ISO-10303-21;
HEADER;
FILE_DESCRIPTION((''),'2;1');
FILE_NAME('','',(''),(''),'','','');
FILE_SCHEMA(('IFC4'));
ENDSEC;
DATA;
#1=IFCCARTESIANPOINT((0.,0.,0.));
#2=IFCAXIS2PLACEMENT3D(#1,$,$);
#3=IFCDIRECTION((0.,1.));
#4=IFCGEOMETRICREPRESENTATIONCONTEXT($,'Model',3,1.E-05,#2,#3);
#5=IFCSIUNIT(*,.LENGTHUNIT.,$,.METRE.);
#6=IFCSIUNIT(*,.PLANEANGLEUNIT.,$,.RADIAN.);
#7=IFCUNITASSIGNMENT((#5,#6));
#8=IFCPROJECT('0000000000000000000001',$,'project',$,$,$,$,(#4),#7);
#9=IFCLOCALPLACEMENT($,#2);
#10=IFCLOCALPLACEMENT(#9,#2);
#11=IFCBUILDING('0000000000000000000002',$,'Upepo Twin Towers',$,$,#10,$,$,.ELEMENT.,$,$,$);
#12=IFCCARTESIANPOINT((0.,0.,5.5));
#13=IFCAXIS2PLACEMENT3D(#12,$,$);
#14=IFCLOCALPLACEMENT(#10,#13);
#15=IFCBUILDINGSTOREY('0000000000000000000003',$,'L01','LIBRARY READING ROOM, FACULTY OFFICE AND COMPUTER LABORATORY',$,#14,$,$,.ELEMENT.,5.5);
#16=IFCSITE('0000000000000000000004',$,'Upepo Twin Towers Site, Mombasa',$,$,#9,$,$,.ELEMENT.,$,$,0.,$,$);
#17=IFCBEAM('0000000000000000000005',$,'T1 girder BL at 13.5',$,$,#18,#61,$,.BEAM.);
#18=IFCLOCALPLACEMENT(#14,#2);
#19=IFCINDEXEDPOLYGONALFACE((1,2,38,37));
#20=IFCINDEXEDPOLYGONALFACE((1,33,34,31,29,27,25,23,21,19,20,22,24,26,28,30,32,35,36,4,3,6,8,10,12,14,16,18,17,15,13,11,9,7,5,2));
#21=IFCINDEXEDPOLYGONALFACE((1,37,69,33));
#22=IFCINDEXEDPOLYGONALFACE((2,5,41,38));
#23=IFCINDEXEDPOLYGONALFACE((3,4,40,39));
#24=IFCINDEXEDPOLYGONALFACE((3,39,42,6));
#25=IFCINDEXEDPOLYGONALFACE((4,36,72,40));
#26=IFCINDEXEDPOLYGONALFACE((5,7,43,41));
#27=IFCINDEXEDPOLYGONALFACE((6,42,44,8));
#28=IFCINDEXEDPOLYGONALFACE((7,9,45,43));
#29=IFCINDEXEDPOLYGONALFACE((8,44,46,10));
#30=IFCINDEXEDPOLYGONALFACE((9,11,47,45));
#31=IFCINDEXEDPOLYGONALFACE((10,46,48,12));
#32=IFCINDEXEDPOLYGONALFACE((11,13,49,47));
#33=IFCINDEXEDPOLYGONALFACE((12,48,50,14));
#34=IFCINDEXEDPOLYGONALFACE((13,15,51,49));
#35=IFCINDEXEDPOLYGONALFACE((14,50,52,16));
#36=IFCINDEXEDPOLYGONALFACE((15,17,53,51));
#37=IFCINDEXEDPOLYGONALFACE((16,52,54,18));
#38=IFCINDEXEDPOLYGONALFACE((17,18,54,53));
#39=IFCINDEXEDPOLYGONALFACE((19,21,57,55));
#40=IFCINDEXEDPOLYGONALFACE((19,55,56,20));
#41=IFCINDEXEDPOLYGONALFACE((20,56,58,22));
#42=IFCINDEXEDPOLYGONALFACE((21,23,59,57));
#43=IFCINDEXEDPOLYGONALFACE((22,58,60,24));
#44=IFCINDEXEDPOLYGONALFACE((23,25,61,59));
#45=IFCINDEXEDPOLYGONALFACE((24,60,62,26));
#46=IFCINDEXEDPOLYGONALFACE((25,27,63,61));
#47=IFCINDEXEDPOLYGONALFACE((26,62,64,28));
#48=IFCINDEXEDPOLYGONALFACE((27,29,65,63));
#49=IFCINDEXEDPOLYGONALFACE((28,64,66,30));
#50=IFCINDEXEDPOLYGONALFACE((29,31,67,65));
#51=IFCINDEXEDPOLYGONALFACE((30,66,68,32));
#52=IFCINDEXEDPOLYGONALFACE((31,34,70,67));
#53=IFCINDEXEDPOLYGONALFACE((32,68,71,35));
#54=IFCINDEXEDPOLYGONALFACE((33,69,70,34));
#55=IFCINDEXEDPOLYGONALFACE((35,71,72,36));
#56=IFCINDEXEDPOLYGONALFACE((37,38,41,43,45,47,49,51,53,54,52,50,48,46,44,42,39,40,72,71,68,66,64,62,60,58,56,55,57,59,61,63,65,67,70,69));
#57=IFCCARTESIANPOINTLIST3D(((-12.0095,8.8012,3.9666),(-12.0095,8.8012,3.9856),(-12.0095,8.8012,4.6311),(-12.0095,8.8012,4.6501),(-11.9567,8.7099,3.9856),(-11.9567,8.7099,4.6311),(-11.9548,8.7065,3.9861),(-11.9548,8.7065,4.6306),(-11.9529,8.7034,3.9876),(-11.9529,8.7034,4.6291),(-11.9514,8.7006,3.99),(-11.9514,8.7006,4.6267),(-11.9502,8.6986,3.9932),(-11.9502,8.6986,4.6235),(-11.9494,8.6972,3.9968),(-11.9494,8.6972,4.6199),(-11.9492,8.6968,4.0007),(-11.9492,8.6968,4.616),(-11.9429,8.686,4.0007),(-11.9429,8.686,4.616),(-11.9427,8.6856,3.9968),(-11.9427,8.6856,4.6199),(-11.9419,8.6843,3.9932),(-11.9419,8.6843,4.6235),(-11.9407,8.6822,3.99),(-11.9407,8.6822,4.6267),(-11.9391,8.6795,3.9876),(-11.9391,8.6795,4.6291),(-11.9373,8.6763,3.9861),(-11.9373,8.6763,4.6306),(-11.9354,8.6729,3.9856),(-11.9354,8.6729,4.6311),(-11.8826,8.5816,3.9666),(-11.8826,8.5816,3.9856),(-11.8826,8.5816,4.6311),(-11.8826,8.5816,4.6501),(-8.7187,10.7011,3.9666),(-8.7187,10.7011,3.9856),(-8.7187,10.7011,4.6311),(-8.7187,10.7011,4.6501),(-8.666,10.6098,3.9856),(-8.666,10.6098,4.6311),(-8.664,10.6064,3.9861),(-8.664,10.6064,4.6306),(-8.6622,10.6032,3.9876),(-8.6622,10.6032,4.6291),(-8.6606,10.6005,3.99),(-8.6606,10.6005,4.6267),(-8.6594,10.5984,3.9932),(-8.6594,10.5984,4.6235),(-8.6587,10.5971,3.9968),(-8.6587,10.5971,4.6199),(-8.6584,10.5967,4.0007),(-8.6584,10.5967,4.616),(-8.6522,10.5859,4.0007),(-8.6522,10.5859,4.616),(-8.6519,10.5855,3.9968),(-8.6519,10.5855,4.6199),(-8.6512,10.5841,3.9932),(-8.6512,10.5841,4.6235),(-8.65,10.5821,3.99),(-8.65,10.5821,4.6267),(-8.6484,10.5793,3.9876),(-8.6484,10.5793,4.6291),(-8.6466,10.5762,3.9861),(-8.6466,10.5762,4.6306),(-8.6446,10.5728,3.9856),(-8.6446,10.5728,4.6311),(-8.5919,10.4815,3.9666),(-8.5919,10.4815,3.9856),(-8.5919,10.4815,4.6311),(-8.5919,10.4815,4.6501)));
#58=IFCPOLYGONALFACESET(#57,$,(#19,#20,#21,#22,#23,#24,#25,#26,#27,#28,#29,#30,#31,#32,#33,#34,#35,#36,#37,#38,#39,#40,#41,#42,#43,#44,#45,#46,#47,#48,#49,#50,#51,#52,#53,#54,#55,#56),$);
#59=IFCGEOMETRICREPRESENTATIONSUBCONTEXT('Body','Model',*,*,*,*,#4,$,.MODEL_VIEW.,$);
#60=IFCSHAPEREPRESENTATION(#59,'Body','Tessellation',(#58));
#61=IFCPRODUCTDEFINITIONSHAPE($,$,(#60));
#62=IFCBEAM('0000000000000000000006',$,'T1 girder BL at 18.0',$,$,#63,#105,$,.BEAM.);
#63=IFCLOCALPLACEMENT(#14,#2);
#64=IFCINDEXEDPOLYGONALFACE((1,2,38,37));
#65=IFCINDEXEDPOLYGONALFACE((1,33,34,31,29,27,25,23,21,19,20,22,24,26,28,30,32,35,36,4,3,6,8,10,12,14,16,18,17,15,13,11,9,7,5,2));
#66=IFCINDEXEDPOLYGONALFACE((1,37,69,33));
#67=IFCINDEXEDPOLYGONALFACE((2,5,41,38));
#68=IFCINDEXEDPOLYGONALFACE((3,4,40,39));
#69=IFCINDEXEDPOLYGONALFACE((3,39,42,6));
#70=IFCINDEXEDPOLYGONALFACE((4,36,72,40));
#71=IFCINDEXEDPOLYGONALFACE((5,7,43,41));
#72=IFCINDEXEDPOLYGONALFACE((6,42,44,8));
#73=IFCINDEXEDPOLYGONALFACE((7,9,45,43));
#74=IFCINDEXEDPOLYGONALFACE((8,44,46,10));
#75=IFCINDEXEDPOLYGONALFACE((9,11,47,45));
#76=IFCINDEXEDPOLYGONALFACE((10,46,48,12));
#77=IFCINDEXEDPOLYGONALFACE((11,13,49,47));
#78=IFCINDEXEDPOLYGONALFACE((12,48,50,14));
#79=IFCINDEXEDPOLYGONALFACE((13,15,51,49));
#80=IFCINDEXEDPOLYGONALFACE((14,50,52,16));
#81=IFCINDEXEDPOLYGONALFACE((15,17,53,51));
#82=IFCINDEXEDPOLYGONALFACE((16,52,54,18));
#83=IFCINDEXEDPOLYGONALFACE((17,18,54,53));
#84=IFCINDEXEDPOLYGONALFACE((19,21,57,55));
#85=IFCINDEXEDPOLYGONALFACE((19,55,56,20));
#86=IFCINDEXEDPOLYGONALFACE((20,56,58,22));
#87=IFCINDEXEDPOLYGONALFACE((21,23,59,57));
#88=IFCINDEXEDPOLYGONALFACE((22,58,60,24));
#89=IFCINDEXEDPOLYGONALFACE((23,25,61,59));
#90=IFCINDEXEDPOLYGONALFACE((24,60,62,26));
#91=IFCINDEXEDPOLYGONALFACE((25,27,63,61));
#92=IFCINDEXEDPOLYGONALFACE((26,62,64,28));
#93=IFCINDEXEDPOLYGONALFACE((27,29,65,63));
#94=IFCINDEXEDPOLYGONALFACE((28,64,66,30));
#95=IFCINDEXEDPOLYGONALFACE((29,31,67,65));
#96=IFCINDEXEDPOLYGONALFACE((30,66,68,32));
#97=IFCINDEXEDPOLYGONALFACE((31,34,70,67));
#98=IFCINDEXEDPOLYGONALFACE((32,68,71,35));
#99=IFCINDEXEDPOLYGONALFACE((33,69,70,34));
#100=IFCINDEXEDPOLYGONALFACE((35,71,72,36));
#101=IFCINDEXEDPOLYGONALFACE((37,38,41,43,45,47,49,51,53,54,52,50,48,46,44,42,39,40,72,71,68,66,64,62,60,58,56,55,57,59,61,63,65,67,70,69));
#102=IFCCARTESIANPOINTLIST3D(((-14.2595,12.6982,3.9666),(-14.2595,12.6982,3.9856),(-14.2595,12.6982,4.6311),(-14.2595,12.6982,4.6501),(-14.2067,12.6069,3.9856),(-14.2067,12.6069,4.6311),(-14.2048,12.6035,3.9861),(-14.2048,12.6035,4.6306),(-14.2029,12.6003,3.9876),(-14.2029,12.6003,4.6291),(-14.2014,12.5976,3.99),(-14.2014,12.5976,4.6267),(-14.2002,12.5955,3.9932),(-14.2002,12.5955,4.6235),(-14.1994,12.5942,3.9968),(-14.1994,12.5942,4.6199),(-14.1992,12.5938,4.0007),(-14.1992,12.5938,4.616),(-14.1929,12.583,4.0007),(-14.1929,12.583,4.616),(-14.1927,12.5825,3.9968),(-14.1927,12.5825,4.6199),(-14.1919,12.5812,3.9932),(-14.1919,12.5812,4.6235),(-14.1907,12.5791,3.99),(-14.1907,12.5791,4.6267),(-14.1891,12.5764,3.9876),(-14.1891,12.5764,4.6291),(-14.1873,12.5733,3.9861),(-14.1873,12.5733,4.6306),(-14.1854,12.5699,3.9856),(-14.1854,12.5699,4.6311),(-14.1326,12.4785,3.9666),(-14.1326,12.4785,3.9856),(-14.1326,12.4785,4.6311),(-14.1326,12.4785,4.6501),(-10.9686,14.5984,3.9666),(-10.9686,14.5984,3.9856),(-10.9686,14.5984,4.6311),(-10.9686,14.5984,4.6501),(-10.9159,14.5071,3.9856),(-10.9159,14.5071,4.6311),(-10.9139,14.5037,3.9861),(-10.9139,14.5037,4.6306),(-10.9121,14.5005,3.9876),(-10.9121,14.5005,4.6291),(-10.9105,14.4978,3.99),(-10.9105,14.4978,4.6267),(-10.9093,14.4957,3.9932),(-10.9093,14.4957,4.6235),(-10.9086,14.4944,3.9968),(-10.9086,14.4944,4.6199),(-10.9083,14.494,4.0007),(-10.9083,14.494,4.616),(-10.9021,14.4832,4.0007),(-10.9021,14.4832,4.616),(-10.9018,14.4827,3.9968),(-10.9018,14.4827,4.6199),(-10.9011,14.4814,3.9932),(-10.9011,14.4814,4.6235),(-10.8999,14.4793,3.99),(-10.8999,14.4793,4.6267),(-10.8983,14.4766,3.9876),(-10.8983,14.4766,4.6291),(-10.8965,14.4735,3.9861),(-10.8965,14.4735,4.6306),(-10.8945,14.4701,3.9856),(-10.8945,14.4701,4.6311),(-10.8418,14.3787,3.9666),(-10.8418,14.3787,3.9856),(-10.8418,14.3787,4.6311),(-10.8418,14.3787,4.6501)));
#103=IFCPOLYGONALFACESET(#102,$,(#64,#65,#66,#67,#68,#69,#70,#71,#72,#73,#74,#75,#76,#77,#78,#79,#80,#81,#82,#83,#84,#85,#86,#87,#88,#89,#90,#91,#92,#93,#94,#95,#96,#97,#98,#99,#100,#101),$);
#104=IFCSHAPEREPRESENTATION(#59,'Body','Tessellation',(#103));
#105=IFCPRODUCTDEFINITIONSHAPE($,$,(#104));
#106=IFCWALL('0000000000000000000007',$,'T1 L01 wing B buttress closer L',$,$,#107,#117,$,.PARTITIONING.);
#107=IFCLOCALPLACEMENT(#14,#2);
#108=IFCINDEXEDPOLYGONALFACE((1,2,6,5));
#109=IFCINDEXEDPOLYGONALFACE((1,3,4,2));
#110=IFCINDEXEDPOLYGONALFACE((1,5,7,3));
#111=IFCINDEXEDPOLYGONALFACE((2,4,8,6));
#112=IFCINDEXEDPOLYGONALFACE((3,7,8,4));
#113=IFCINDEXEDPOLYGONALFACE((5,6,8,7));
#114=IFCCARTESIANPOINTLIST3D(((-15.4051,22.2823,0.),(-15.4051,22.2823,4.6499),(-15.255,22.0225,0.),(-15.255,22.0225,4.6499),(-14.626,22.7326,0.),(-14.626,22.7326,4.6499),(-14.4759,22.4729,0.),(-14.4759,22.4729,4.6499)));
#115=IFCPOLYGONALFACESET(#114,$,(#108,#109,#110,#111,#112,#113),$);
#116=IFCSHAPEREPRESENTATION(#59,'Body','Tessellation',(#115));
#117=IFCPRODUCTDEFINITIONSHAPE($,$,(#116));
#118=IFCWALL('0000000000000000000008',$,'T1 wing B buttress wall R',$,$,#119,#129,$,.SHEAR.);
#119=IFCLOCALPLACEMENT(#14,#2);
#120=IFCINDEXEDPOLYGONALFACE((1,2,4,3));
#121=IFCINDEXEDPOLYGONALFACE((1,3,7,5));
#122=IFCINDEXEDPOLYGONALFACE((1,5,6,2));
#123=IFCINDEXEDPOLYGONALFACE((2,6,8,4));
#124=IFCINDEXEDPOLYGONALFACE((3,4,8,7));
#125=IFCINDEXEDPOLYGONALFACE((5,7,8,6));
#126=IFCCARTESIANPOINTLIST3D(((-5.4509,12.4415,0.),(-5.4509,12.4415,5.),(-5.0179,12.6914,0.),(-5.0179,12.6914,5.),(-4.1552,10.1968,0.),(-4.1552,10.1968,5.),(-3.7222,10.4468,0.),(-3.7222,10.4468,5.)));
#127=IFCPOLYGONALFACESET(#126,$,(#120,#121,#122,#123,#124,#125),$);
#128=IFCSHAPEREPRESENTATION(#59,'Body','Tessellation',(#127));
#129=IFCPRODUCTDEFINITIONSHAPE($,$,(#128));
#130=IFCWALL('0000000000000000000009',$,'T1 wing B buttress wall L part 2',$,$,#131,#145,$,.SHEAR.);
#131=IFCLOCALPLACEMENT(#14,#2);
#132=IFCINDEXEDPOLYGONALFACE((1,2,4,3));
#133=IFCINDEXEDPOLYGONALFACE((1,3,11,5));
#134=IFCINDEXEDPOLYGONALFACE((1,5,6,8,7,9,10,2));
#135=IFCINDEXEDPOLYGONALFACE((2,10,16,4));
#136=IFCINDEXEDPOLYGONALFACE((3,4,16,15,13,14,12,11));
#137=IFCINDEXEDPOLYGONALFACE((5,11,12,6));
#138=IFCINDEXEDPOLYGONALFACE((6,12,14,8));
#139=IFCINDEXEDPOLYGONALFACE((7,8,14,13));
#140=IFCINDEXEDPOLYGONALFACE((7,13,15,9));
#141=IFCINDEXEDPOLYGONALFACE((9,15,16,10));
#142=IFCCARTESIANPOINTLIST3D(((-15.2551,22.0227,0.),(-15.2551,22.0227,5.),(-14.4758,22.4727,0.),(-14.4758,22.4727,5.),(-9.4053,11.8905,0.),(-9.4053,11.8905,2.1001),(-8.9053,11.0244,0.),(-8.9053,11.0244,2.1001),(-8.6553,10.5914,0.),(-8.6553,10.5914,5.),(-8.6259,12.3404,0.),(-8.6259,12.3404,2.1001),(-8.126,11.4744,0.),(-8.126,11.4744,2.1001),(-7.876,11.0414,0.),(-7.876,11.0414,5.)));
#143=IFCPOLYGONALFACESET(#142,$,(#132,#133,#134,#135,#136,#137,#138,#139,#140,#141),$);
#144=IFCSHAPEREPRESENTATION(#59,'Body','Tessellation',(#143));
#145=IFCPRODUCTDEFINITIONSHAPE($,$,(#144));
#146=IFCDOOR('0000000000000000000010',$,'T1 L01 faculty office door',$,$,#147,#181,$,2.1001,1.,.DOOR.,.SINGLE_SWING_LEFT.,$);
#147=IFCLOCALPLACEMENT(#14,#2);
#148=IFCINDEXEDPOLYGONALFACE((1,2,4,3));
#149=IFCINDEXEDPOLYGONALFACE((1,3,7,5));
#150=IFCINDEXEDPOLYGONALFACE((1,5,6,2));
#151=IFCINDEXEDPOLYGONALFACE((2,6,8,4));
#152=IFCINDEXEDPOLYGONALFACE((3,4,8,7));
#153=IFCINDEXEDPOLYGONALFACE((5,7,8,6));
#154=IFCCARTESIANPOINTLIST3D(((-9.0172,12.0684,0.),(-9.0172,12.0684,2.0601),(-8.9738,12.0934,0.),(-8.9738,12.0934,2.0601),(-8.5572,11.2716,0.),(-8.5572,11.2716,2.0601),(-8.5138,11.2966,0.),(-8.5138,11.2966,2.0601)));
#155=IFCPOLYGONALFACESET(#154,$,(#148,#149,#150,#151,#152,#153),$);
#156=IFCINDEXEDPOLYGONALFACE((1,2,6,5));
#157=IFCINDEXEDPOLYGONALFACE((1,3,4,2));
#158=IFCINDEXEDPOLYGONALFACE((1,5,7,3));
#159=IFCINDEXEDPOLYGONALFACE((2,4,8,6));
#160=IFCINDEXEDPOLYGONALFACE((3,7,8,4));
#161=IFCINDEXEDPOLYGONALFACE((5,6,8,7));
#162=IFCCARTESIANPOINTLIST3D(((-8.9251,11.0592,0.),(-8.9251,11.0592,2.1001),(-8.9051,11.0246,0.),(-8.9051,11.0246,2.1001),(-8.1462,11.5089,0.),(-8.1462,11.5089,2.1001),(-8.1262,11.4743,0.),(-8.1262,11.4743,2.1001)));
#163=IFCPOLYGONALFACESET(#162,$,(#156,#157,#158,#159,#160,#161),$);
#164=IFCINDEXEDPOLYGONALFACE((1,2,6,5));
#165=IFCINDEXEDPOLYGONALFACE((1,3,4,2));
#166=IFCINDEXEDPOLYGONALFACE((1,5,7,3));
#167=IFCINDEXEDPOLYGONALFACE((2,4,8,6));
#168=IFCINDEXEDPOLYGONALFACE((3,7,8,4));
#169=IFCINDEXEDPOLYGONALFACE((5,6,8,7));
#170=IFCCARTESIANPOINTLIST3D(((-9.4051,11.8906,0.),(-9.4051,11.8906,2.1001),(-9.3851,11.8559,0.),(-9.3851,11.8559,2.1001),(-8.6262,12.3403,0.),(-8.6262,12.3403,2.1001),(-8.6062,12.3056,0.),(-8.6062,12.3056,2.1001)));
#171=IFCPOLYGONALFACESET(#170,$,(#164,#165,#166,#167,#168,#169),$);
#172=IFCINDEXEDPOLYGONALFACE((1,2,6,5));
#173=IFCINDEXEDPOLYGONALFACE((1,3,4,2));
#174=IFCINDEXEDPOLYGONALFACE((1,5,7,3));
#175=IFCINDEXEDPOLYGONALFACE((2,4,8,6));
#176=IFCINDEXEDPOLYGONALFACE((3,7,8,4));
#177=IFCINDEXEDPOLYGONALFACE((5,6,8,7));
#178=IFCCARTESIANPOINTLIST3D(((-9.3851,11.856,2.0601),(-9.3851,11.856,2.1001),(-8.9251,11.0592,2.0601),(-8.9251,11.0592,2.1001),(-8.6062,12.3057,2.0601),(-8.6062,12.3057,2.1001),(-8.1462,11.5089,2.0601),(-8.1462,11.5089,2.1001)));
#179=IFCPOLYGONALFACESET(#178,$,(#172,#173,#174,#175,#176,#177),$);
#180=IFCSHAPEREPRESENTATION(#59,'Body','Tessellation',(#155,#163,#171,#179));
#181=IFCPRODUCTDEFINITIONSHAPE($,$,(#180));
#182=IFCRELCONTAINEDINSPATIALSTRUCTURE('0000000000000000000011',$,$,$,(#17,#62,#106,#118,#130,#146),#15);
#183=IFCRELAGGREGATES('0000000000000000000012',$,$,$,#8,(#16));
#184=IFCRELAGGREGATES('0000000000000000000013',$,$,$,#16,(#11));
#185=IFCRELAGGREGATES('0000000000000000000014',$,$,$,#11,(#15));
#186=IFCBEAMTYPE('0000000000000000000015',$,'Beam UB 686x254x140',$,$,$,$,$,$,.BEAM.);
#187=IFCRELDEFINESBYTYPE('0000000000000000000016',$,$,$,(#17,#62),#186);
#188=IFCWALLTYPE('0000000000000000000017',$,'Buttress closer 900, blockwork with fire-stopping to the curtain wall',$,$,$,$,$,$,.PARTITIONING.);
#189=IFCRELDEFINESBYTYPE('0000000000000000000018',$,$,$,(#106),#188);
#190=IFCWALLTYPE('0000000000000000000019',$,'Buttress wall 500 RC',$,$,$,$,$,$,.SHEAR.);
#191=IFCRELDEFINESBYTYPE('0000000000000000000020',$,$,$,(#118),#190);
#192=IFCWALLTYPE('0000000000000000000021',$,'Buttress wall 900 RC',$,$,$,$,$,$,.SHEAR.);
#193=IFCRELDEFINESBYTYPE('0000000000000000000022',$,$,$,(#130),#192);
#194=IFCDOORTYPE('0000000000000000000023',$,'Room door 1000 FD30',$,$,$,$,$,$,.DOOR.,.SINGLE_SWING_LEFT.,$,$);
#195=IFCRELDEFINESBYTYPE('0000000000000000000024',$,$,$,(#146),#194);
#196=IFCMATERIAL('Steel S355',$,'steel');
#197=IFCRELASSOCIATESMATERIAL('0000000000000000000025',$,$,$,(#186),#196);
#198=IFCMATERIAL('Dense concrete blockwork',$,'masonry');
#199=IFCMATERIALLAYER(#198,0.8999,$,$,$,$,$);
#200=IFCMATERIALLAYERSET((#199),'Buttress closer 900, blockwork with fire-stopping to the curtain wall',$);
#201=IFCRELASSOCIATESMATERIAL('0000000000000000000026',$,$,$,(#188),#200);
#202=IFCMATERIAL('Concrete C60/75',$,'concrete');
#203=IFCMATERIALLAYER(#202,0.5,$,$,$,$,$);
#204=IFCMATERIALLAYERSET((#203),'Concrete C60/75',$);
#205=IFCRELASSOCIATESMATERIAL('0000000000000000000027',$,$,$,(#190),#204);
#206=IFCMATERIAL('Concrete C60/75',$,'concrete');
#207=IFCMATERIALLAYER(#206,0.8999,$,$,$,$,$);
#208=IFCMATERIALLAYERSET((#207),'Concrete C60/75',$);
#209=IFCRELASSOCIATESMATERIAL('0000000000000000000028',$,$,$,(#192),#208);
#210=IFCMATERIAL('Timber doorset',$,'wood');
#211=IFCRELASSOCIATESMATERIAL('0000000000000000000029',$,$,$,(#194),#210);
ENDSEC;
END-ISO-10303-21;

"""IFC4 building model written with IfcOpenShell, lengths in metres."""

from ifc_helpers import new_model, si_unit, direction, frame, frame_2d, origin, origin_2d, place, context, subcontext, project, spatial, rectangle, i_section, extrude, material, layer, layer_set, material_profile, profile_set, type_object, element, fill, save


model = new_model("IFC4")

# Units and contexts
model_context = context("Model", 3, precision=1e-05, world=origin(), true_north=direction((0.0, 1.0)))
body_context = subcontext(model_context, "Body", "Model", "MODEL_VIEW")
ifc_project = project(units=[si_unit("LENGTHUNIT", "METRE"), si_unit("PLANEANGLEUNIT", "RADIAN")], contexts=[model_context])

# Site, building, storey
site_placement = place(None, origin())
site = spatial("IfcSite", under=ifc_project, at=site_placement, Name="Upepo Twin Towers Site, Mombasa", CompositionType="ELEMENT", RefElevation=0.0)
building_placement = place(site_placement, origin())
building = spatial("IfcBuilding", under=site, at=building_placement, Name="Upepo Twin Towers", CompositionType="ELEMENT")
storey_placement = place(building_placement, frame((0.0, 0.0, 5.5)))
storey = spatial("IfcBuildingStorey", under=building, at=storey_placement, Name="L01", Description="LIBRARY READING ROOM, FACULTY OFFICE AND COMPUTER LABORATORY", CompositionType="ELEMENT", Elevation=5.5)

# Beams
ifc_material_1 = material(Name="Steel S355", Category="steel")
ifc_material_profile_1 = material_profile(ifc_material_1, i_section(OverallWidth=0.2537, OverallDepth=0.6836, WebThickness=0.0125, FlangeThickness=0.019, FilletRadius=0.0151, at=origin_2d()), Name="UB 686x254x140")
ifc_profile_set_1 = profile_set([ifc_material_profile_1], Name="Steel S355")
beam_type_1 = type_object("IfcBeamType", Name="Beam UB 686x254x140", PredefinedType="BEAM", material=ifc_profile_set_1)
beam_1_placement = place(storey_placement, frame((-11.946, 8.6914, 4.3083), z_axis=(0.866028, 0.499995, 0.0), x_axis=(-0.499995, 0.866028, 0.0)))
element("IfcBeam", 1, at=beam_1_placement, inside=storey, type_object=beam_type_1, Name="T1 girder BL at 13.5", PredefinedType="BEAM", context=body_context, shape_type="SweptSolid", body=[
    extrude(i_section(OverallWidth=0.2537, OverallDepth=0.6836, WebThickness=0.0125, FlangeThickness=0.019, FilletRadius=0.0151, at=origin_2d()), origin(), (0.0, 0.0, 1.0), 3.7998),
])
beam_2_placement = place(storey_placement, frame((-14.196, 12.5884, 4.3083), z_axis=(0.866, 0.500043, 0.0), x_axis=(-0.500043, 0.866, 0.0)))
element("IfcBeam", 2, at=beam_2_placement, inside=storey, type_object=beam_type_1, Name="T1 girder BL at 18.0", PredefinedType="BEAM", context=body_context, shape_type="SweptSolid", body=[
    extrude(i_section(OverallWidth=0.2537, OverallDepth=0.6836, WebThickness=0.0125, FlangeThickness=0.019, FilletRadius=0.0151, at=origin_2d()), origin(), (0.0, 0.0, 1.0), 3.8),
])

# Walls
ifc_material_2 = material(Name="Dense concrete blockwork", Category="masonry")
ifc_layer_1 = layer(ifc_material_2, 0.8999)
ifc_layer_set_1 = layer_set([ifc_layer_1], Name="Buttress closer 900, blockwork with fire-stopping to the curtain wall")
wall_type_1 = type_object("IfcWallType", Name="Buttress closer 900, blockwork with fire-stopping to the curtain wall", PredefinedType="PARTITIONING", material=ifc_layer_set_1)
wall_1_placement = place(storey_placement, frame((-14.8655, 22.2478, 0.0), z_axis=(0.0, 0.0, 1.0), x_axis=(-0.500427, 0.865779, 0.0)))
element("IfcWall", 3, at=wall_1_placement, inside=storey, type_object=wall_type_1, Name="T1 L01 wing B buttress closer L", PredefinedType="PARTITIONING", context=body_context, shape_type="SweptSolid", body=[
    extrude(rectangle(XDim=0.3, YDim=0.8999, at=frame_2d((0.1499, 0.0))), origin(), (0.0, 0.0, 1.0), 4.6499),
])
ifc_material_3 = material(Name="Concrete C60/75", Category="concrete")
ifc_layer_2 = layer(ifc_material_3, 0.5)
ifc_layer_set_2 = layer_set([ifc_layer_2], Name="Concrete C60/75")
wall_type_2 = type_object("IfcWallType", Name="Buttress wall 500 RC", PredefinedType="SHEAR", material=ifc_layer_set_2)
wall_2_placement = place(storey_placement, frame((-3.9387, 10.3218, 0.0), z_axis=(0.0, 0.0, 1.0), x_axis=(-0.499918, 0.866073, 0.0)))
element("IfcWall", 4, at=wall_2_placement, inside=storey, type_object=wall_type_2, Name="T1 wing B buttress wall R", PredefinedType="SHEAR", context=body_context, shape_type="SweptSolid", body=[
    extrude(rectangle(XDim=2.5918, YDim=0.5, at=frame_2d((1.2959, 0.0))), origin(), (0.0, 0.0, 1.0), 5.0),
])

# Wall, opening, door
ifc_material_4 = material(Name="Concrete C60/75", Category="concrete")
ifc_layer_3 = layer(ifc_material_4, 0.8999)
ifc_layer_set_3 = layer_set([ifc_layer_3], Name="Concrete C60/75")
wall_type_3 = type_object("IfcWallType", Name="Buttress wall 900 RC", PredefinedType="SHEAR", material=ifc_layer_set_3)
wall_3_placement = place(storey_placement, frame((-8.2656, 10.8164, 0.0), z_axis=(0.0, 0.0, 1.0), x_axis=(-0.499996, 0.866028, 0.0)))
wall_3 = element("IfcWall", 5, at=wall_3_placement, inside=storey, type_object=wall_type_3, Name="T1 wing B buttress wall L part 2", PredefinedType="SHEAR", context=body_context, shape_type="SweptSolid", body=[
    extrude(rectangle(XDim=13.1997, YDim=0.8999, at=frame_2d((6.5999, 0.0))), origin(), (0.0, 0.0, 1.0), 5.0),
])
opening_1_placement = place(wall_3_placement, frame((0.5, 0.0, 0.0)))
opening_1 = element("IfcOpeningElement", 6, at=opening_1_placement, cuts=wall_3, PredefinedType="OPENING", context=body_context, shape_type="SweptSolid", body=[
    extrude(rectangle(XDim=1.0, YDim=2.1001, at=frame_2d((0.5, 1.05))), frame((0.0, 0.46, 0.0), z_axis=(0.0, -1.0, 0.0), x_axis=(1.0, 0.0, 0.0)), (0.0, 0.0, 1.0), 0.9199),
])
ifc_material_5 = material(Name="Timber doorset", Category="wood")
door_type_1 = type_object("IfcDoorType", Name="Room door 1000 FD30", OperationType="SINGLE_SWING_LEFT", PredefinedType="DOOR", material=ifc_material_5)
door_1_placement = place(opening_1_placement, origin())
door_1 = element("IfcDoor", 7, at=door_1_placement, inside=storey, type_object=door_type_1, Name="T1 L01 faculty office door", OperationType="SINGLE_SWING_LEFT", OverallHeight=2.1001, OverallWidth=1.0, PredefinedType="DOOR", context=body_context, shape_type="SweptSolid", body=[
    extrude(rectangle(XDim=0.92, YDim=2.0601, at=frame_2d((0.5, 1.03))), frame((0.0, 0.0249, 0.0), z_axis=(0.0, -1.0, 0.0), x_axis=(1.0, 0.0, 0.0)), (0.0, 0.0, 1.0), 0.05),
    extrude(rectangle(XDim=0.04, YDim=2.1001, at=frame_2d((0.02, 1.05))), frame((0.0, 0.4497, 0.0), z_axis=(0.0, -1.0, 0.0), x_axis=(1.0, 0.0, 0.0)), (0.0, 0.0, 1.0), 0.8994),
    extrude(rectangle(XDim=0.04, YDim=2.1001, at=frame_2d((0.98, 1.05))), frame((0.0, 0.4497, 0.0), z_axis=(0.0, -1.0, 0.0), x_axis=(1.0, 0.0, 0.0)), (0.0, 0.0, 1.0), 0.8994),
    extrude(rectangle(XDim=0.92, YDim=0.04, at=frame_2d((0.5, 2.0801))), frame((0.0, 0.4497, 0.0), z_axis=(0.0, -1.0, 0.0), x_axis=(1.0, 0.0, 0.0)), (0.0, 0.0, 1.0), 0.8994),
])
fill(opening_1, door_1)

save(model, "model.ifc")
